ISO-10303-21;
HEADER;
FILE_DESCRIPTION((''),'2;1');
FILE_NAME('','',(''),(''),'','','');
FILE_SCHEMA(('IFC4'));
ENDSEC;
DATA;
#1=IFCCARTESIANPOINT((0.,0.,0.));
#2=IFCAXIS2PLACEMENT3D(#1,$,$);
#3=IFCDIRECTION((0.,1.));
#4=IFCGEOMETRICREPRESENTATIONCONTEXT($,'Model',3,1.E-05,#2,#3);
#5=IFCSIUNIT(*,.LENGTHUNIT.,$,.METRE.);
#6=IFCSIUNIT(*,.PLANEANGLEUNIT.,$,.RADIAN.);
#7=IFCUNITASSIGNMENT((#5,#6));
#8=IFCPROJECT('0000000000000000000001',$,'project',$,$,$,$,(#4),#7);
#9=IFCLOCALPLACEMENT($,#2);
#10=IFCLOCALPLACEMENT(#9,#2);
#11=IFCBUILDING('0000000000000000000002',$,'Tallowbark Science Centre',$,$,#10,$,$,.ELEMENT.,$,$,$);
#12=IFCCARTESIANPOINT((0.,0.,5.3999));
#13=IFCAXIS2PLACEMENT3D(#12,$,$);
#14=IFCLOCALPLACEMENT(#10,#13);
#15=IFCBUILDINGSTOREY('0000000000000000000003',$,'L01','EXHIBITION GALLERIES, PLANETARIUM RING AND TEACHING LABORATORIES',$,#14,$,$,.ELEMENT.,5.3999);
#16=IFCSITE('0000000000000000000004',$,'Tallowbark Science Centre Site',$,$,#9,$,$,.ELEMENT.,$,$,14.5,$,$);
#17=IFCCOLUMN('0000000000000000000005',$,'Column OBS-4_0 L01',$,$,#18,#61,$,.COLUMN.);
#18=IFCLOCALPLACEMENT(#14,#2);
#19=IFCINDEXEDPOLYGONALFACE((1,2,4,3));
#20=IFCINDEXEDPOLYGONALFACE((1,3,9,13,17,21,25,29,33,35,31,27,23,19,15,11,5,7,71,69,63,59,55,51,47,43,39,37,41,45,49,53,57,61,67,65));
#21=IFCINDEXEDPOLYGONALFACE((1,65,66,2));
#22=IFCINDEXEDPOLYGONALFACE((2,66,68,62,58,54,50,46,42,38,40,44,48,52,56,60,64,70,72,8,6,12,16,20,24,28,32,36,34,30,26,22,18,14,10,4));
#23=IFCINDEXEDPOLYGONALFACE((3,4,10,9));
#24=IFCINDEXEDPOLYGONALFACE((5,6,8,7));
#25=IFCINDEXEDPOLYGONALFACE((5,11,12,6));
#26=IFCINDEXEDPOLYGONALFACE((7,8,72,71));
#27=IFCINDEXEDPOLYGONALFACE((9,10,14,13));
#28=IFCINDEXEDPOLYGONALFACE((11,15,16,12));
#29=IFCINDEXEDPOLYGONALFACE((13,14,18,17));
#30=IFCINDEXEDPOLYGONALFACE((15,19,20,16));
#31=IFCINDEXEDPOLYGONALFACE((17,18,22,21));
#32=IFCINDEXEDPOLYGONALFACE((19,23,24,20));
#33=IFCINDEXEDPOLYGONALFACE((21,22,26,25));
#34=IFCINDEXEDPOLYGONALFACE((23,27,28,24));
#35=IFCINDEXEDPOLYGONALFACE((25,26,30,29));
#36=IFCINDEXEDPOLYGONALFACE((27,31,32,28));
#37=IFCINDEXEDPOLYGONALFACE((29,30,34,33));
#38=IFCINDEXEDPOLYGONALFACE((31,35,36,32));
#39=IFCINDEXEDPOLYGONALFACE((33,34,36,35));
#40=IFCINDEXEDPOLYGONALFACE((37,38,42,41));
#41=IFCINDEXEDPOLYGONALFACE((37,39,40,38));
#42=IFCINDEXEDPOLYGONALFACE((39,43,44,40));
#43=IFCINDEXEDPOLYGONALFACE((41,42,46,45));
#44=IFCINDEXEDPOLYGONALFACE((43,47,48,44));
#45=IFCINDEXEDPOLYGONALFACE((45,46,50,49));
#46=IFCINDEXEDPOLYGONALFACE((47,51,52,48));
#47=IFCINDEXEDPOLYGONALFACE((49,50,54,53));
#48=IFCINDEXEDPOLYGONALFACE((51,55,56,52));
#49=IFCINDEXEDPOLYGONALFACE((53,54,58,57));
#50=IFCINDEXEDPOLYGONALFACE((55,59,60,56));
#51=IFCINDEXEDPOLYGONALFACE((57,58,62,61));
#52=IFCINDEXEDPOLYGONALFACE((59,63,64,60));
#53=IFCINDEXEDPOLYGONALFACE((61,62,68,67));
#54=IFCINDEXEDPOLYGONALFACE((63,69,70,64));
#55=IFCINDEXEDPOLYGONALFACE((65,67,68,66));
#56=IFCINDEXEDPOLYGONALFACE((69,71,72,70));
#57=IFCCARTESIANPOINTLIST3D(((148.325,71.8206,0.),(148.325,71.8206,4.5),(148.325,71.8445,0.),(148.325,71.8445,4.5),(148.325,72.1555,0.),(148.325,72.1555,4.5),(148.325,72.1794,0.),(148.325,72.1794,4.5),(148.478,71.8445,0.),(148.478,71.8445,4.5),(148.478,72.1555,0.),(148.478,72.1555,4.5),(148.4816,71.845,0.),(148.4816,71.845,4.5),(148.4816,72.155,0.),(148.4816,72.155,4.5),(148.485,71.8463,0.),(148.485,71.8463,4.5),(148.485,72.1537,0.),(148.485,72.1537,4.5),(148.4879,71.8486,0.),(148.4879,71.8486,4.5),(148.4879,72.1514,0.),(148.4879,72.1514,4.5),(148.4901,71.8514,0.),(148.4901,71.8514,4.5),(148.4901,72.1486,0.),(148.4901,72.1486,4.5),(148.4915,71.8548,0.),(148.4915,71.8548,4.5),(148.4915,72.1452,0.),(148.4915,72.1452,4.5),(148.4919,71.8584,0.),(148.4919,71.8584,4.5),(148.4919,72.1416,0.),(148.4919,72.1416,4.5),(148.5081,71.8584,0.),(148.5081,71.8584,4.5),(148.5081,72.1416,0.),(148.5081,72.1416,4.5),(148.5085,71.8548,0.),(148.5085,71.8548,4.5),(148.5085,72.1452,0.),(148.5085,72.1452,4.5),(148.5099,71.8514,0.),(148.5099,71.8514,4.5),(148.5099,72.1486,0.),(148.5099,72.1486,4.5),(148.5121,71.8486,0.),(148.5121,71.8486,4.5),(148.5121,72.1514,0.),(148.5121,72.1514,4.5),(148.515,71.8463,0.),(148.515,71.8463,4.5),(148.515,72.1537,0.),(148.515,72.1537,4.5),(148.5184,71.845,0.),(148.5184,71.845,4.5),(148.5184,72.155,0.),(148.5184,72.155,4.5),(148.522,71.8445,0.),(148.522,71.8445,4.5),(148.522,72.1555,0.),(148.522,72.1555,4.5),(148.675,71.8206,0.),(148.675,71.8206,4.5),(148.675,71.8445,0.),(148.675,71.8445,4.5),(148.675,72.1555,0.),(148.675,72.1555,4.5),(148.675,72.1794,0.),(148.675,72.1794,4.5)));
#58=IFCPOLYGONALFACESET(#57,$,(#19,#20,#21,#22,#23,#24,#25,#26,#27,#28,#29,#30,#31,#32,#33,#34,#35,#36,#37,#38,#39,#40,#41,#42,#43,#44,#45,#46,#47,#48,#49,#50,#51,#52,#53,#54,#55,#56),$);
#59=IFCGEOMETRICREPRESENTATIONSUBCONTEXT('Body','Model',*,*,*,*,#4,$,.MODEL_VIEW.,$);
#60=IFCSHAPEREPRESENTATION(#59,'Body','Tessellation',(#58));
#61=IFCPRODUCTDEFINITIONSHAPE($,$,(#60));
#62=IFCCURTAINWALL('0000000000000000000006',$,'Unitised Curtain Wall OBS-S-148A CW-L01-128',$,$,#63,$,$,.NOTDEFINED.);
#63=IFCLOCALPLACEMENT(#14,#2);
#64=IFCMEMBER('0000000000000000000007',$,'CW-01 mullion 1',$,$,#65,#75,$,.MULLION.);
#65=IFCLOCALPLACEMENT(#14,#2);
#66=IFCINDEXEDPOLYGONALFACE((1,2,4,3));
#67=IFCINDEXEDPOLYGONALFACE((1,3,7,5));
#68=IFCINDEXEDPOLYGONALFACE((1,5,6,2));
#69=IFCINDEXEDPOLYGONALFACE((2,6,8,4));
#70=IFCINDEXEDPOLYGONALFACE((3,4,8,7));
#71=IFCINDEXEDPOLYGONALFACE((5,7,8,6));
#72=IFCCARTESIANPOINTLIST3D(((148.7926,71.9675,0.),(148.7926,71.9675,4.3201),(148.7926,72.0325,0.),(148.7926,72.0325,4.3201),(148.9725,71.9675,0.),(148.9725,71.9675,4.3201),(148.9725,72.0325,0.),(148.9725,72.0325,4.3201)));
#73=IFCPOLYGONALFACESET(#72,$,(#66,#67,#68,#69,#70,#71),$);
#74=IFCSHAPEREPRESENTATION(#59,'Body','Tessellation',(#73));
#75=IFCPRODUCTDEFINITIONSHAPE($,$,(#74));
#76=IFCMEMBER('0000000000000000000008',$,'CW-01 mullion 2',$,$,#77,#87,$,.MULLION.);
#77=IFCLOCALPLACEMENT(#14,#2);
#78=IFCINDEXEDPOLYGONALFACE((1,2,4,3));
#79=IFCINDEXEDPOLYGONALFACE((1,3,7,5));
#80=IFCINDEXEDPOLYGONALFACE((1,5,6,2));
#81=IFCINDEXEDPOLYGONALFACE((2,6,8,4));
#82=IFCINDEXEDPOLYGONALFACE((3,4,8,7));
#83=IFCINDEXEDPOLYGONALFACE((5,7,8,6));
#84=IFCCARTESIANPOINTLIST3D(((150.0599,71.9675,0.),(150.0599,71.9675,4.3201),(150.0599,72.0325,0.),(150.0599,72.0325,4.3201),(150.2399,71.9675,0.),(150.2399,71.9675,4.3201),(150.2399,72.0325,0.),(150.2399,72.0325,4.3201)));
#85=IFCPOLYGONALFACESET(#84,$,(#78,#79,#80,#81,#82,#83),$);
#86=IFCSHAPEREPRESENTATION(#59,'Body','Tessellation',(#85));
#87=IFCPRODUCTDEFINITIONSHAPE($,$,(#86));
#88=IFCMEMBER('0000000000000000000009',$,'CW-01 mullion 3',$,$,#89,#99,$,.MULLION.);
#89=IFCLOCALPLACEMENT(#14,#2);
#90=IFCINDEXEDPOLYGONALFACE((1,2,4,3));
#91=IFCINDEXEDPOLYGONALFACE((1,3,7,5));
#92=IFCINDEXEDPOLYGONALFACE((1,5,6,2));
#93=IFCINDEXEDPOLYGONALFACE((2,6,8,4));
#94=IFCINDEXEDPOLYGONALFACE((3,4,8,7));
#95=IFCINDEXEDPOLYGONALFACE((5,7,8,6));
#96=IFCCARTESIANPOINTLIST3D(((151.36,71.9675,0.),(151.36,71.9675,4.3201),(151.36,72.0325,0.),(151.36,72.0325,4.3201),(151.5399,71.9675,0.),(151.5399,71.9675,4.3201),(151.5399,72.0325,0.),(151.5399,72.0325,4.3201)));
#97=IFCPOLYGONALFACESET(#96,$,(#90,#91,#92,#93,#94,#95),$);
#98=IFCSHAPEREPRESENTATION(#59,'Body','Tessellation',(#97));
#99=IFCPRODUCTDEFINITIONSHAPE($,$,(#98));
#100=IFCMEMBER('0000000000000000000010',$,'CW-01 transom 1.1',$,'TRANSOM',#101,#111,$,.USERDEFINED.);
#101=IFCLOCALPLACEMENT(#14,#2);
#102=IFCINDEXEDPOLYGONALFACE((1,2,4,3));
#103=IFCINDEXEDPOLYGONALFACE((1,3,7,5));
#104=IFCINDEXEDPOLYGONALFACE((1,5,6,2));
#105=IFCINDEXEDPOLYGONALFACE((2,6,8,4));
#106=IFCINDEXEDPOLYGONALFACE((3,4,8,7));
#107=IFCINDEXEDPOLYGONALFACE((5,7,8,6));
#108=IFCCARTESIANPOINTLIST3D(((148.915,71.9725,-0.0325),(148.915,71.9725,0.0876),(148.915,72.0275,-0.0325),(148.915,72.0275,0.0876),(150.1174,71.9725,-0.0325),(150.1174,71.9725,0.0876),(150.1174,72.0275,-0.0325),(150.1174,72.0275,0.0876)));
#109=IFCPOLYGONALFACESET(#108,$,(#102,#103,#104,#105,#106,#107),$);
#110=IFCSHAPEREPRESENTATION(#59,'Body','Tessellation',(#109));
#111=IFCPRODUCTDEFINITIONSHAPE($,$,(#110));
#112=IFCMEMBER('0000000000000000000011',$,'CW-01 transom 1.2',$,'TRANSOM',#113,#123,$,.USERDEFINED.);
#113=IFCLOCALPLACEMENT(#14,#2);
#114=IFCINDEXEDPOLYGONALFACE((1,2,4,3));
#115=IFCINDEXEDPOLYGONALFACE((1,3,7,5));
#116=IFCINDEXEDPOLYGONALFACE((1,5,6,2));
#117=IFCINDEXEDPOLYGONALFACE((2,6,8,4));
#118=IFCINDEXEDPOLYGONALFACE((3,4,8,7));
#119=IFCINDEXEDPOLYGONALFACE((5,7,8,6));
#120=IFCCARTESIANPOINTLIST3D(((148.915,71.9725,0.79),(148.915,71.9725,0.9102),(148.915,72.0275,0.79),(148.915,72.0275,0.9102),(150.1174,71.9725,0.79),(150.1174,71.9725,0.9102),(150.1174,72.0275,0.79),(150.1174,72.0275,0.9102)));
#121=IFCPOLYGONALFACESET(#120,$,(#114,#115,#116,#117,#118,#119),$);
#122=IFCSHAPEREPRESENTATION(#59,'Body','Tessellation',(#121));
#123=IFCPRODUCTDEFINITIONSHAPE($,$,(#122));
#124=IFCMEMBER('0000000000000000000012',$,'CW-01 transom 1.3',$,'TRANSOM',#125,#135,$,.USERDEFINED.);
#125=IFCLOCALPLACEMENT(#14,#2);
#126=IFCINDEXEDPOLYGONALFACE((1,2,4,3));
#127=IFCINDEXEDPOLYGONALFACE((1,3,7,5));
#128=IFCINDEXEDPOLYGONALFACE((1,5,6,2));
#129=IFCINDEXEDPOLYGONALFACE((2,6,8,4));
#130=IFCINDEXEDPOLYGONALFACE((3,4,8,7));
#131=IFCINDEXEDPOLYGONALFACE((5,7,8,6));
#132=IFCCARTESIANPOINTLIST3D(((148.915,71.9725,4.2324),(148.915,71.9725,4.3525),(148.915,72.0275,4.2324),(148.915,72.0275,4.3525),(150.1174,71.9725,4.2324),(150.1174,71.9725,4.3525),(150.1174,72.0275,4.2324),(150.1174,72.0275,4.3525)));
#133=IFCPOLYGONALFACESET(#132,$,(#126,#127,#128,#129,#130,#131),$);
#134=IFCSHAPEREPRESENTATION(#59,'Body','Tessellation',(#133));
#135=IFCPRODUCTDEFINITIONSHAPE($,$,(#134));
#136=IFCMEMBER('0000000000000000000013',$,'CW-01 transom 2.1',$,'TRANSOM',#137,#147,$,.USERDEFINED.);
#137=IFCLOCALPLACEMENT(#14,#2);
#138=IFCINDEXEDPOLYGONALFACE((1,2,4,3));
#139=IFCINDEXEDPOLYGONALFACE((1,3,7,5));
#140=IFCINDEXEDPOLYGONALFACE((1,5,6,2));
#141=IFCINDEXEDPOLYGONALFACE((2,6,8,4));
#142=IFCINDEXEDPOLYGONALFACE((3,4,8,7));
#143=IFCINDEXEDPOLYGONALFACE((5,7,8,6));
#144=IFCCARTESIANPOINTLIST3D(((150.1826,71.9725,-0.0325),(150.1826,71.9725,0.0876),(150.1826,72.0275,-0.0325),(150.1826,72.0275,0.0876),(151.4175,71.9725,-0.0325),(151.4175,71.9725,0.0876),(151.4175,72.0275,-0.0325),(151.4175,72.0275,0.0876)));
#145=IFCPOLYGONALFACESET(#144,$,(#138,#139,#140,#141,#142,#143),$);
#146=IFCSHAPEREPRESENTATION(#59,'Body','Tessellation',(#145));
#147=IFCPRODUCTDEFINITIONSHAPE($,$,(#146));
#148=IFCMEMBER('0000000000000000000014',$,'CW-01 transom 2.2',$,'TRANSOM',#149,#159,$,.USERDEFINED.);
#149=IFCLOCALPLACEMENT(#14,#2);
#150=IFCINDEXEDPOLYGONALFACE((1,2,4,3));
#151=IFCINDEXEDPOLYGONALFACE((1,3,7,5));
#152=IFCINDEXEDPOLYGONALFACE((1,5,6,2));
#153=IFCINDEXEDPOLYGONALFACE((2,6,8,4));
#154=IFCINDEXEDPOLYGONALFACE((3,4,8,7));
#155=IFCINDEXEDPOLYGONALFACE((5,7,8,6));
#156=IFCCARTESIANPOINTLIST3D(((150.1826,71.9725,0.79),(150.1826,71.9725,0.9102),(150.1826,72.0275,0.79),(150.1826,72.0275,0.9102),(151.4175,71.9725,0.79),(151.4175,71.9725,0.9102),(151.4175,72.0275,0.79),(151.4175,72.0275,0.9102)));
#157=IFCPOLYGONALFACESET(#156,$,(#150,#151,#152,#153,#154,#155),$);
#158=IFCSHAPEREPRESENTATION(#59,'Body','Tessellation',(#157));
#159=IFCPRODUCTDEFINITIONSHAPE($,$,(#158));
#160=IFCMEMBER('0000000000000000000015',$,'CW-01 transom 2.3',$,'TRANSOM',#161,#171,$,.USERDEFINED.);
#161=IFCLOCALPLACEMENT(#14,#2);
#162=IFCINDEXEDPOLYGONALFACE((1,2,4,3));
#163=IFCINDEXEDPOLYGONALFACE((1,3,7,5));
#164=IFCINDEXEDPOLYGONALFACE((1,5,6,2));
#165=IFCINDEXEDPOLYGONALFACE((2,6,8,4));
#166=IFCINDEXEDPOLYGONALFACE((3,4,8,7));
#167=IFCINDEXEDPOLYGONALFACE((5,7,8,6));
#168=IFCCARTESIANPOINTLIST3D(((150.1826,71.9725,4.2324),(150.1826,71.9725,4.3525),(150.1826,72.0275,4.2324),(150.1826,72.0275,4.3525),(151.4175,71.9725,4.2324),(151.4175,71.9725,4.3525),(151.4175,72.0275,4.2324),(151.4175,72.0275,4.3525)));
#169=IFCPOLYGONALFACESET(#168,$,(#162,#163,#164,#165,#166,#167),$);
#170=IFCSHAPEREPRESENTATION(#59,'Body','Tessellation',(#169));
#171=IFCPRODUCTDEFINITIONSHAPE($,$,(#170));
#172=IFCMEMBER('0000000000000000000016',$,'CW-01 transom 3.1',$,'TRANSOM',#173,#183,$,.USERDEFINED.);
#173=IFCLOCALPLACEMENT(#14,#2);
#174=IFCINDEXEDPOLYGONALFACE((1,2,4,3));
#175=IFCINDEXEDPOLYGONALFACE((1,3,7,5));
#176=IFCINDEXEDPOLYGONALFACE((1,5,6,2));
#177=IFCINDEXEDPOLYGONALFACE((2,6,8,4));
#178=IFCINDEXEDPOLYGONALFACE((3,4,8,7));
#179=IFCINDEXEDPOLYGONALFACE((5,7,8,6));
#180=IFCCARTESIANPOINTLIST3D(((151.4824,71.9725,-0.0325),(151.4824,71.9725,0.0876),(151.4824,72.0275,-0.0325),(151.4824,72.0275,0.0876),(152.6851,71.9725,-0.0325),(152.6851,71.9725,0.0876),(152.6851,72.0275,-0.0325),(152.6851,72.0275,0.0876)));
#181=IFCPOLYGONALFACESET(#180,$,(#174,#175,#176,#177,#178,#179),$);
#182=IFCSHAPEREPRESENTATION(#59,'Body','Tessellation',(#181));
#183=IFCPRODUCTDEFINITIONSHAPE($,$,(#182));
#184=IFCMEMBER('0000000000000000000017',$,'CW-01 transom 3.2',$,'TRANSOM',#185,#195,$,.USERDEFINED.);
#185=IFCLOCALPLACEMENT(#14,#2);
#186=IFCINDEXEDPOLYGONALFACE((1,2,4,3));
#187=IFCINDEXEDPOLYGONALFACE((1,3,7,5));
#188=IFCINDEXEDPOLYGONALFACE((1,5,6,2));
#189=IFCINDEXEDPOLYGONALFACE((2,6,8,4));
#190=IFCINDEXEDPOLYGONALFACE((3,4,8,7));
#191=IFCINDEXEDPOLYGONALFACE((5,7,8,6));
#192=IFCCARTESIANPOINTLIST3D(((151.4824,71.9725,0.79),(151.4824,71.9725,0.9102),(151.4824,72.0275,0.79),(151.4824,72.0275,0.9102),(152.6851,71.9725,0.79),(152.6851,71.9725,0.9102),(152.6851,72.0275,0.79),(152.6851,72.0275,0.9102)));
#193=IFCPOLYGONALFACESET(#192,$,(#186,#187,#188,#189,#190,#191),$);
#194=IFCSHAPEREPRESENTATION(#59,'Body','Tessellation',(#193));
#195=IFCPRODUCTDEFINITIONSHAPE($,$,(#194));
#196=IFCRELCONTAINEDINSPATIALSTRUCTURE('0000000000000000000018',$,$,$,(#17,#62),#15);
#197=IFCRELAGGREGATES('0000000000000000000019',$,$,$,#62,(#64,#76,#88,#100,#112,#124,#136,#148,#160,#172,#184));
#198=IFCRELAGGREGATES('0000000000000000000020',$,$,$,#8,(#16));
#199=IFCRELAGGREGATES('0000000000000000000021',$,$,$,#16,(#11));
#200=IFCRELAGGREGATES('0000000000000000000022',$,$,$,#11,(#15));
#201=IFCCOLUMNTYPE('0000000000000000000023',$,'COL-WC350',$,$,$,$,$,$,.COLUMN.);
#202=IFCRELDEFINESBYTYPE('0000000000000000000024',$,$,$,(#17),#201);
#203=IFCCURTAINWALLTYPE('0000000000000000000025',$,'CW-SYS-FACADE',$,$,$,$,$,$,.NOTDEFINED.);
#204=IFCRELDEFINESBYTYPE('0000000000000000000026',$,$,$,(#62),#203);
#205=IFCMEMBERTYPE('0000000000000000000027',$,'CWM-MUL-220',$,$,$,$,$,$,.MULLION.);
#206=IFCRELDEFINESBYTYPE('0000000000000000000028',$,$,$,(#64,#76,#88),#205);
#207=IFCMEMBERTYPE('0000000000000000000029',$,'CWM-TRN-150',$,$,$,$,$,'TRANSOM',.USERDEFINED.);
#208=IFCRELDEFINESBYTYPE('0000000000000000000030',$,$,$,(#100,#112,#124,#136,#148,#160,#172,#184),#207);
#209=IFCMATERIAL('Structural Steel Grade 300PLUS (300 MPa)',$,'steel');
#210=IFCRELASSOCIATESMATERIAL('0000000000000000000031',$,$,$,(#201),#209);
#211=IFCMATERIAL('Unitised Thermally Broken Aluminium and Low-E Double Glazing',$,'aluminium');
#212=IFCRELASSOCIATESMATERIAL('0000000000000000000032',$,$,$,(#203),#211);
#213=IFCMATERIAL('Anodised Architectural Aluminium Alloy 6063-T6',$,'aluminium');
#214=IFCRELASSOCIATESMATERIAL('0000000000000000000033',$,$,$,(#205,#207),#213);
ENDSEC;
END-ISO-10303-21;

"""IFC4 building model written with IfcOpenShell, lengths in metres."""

from ifc_helpers import new_model, si_unit, direction, frame, origin, origin_2d, place, context, subcontext, project, spatial, rectangle, i_section, extrude, material, material_profile, profile_set, type_object, element, aggregate, save


model = new_model("IFC4")

# Units and contexts
model_context = context("Model", 3, precision=1e-05, world=origin(), true_north=direction((0.0, 1.0)))
body_context = subcontext(model_context, "Body", "Model", "MODEL_VIEW")
ifc_project = project(units=[si_unit("LENGTHUNIT", "METRE"), si_unit("PLANEANGLEUNIT", "RADIAN")], contexts=[model_context])

# Site, building, storey
site_placement = place(None, origin())
site = spatial("IfcSite", under=ifc_project, at=site_placement, Name="Tallowbark Science Centre Site", CompositionType="ELEMENT", RefElevation=14.5)
building_placement = place(site_placement, origin())
building = spatial("IfcBuilding", under=site, at=building_placement, Name="Tallowbark Science Centre", CompositionType="ELEMENT")
storey_placement = place(building_placement, frame((0.0, 0.0, 5.3999)))
storey = spatial("IfcBuildingStorey", under=building, at=storey_placement, Name="L01", Description="EXHIBITION GALLERIES, PLANETARIUM RING AND TEACHING LABORATORIES", CompositionType="ELEMENT", Elevation=5.3999)

# Column
ifc_material_1 = material(Name="Structural Steel Grade 300PLUS (300 MPa)", Category="steel")
ifc_material_profile_1 = material_profile(ifc_material_1, i_section(OverallWidth=0.3501, OverallDepth=0.3589, WebThickness=0.0161, FlangeThickness=0.0239, FilletRadius=0.0139, at=origin_2d()), Name="350WC197")
ifc_profile_set_1 = profile_set([ifc_material_profile_1], Name="Structural Steel Grade 300PLUS (300 MPa)")
column_type = type_object("IfcColumnType", Name="COL-WC350", PredefinedType="COLUMN", material=ifc_profile_set_1)
column_placement = place(storey_placement, frame((148.5, 72.0, 0.0), z_axis=(0.0, 0.0, 1.0), x_axis=(1.0, 0.0, 0.0)))
element("IfcColumn", 1, at=column_placement, inside=storey, type_object=column_type, Name="Column OBS-4_0 L01", PredefinedType="COLUMN", context=body_context, shape_type="SweptSolid", body=[
    extrude(i_section(OverallWidth=0.3501, OverallDepth=0.3589, WebThickness=0.0161, FlangeThickness=0.0239, FilletRadius=0.0139, at=origin_2d()), origin(), (0.0, 0.0, 1.0), 4.5),
])

# Curtain wall, members
ifc_material_2 = material(Name="Unitised Thermally Broken Aluminium and Low-E Double Glazing", Category="aluminium")
curtain_wall_type = type_object("IfcCurtainWallType", Name="CW-SYS-FACADE", PredefinedType="NOTDEFINED", material=ifc_material_2)
curtain_wall_placement = place(storey_placement, origin())
curtain_wall = element("IfcCurtainWall", 2, at=curtain_wall_placement, inside=storey, type_object=curtain_wall_type, Name="Unitised Curtain Wall OBS-S-148A CW-L01-128", PredefinedType="NOTDEFINED")
ifc_material_3 = material(Name="Anodised Architectural Aluminium Alloy 6063-T6", Category="aluminium")
ifc_material_profile_2 = material_profile(ifc_material_3, rectangle(XDim=0.0649, YDim=0.1799, at=origin_2d()), Name="ALU65x180")
ifc_profile_set_2 = profile_set([ifc_material_profile_2], Name="Anodised Architectural Aluminium Alloy 6063-T6")
member_type_1 = type_object("IfcMemberType", Name="CWM-MUL-220", PredefinedType="MULLION", material=ifc_profile_set_2)
member_1_placement = place(storey_placement, frame((148.8826, 72.0, 0.0), z_axis=(0.0, 0.0, 1.0), x_axis=(0.0, 1.0, 0.0)))
member_1 = element("IfcMember", 3, at=member_1_placement, type_object=member_type_1, Name="CW-01 mullion 1", PredefinedType="MULLION", context=body_context, shape_type="SweptSolid", body=[
    extrude(rectangle(XDim=0.0649, YDim=0.1799, at=origin_2d()), origin(), (0.0, 0.0, 1.0), 4.3201),
])
member_2_placement = place(storey_placement, frame((150.1499, 72.0, 0.0), z_axis=(0.0, 0.0, 1.0), x_axis=(0.0, 1.0, 0.0)))
member_2 = element("IfcMember", 4, at=member_2_placement, type_object=member_type_1, Name="CW-01 mullion 2", PredefinedType="MULLION", context=body_context, shape_type="SweptSolid", body=[
    extrude(rectangle(XDim=0.0649, YDim=0.1799, at=origin_2d()), origin(), (0.0, 0.0, 1.0), 4.3201),
])
member_3_placement = place(storey_placement, frame((151.45, 72.0, 0.0), z_axis=(0.0, 0.0, 1.0), x_axis=(0.0, 1.0, 0.0)))
member_3 = element("IfcMember", 5, at=member_3_placement, type_object=member_type_1, Name="CW-01 mullion 3", PredefinedType="MULLION", context=body_context, shape_type="SweptSolid", body=[
    extrude(rectangle(XDim=0.0649, YDim=0.1799, at=origin_2d()), origin(), (0.0, 0.0, 1.0), 4.3201),
])
ifc_material_profile_3 = material_profile(ifc_material_3, rectangle(XDim=0.0549, YDim=0.1201, at=origin_2d()), Name="ALU55x120")
ifc_profile_set_3 = profile_set([ifc_material_profile_3], Name="Anodised Architectural Aluminium Alloy 6063-T6")
member_type_2 = type_object("IfcMemberType", Name="CWM-TRN-150", ElementType="TRANSOM", PredefinedType="USERDEFINED", material=ifc_profile_set_3)
member_4_placement = place(storey_placement, frame((148.915, 72.0, 0.0276), z_axis=(1.0, 0.0, 0.0), x_axis=(0.0, 1.0, 0.0)))
member_4 = element("IfcMember", 6, at=member_4_placement, type_object=member_type_2, Name="CW-01 transom 1.1", ObjectType="TRANSOM", PredefinedType="USERDEFINED", context=body_context, shape_type="SweptSolid", body=[
    extrude(rectangle(XDim=0.0549, YDim=0.1201, at=origin_2d()), origin(), (0.0, 0.0, 1.0), 1.2024),
])
member_5_placement = place(storey_placement, frame((148.915, 72.0, 0.8501), z_axis=(1.0, 0.0, 0.0), x_axis=(0.0, 1.0, 0.0)))
member_5 = element("IfcMember", 7, at=member_5_placement, type_object=member_type_2, Name="CW-01 transom 1.2", ObjectType="TRANSOM", PredefinedType="USERDEFINED", context=body_context, shape_type="SweptSolid", body=[
    extrude(rectangle(XDim=0.0549, YDim=0.1201, at=origin_2d()), origin(), (0.0, 0.0, 1.0), 1.2024),
])
member_6_placement = place(storey_placement, frame((148.915, 72.0, 4.2925), z_axis=(1.0, 0.0, 0.0), x_axis=(0.0, 1.0, 0.0)))
member_6 = element("IfcMember", 8, at=member_6_placement, type_object=member_type_2, Name="CW-01 transom 1.3", ObjectType="TRANSOM", PredefinedType="USERDEFINED", context=body_context, shape_type="SweptSolid", body=[
    extrude(rectangle(XDim=0.0549, YDim=0.1201, at=origin_2d()), origin(), (0.0, 0.0, 1.0), 1.2024),
])
member_7_placement = place(storey_placement, frame((150.1826, 72.0, 0.0276), z_axis=(1.0, 0.0, 0.0), x_axis=(0.0, 1.0, 0.0)))
member_7 = element("IfcMember", 9, at=member_7_placement, type_object=member_type_2, Name="CW-01 transom 2.1", ObjectType="TRANSOM", PredefinedType="USERDEFINED", context=body_context, shape_type="SweptSolid", body=[
    extrude(rectangle(XDim=0.0549, YDim=0.1201, at=origin_2d()), origin(), (0.0, 0.0, 1.0), 1.2349),
])
member_8_placement = place(storey_placement, frame((150.1826, 72.0, 0.8501), z_axis=(1.0, 0.0, 0.0), x_axis=(0.0, 1.0, 0.0)))
member_8 = element("IfcMember", 10, at=member_8_placement, type_object=member_type_2, Name="CW-01 transom 2.2", ObjectType="TRANSOM", PredefinedType="USERDEFINED", context=body_context, shape_type="SweptSolid", body=[
    extrude(rectangle(XDim=0.0549, YDim=0.1201, at=origin_2d()), origin(), (0.0, 0.0, 1.0), 1.2349),
])
member_9_placement = place(storey_placement, frame((150.1826, 72.0, 4.2925), z_axis=(1.0, 0.0, 0.0), x_axis=(0.0, 1.0, 0.0)))
member_9 = element("IfcMember", 11, at=member_9_placement, type_object=member_type_2, Name="CW-01 transom 2.3", ObjectType="TRANSOM", PredefinedType="USERDEFINED", context=body_context, shape_type="SweptSolid", body=[
    extrude(rectangle(XDim=0.0549, YDim=0.1201, at=origin_2d()), origin(), (0.0, 0.0, 1.0), 1.2349),
])
member_10_placement = place(storey_placement, frame((151.4824, 72.0, 0.0276), z_axis=(1.0, 0.0, 0.0), x_axis=(0.0, 1.0, 0.0)))
member_10 = element("IfcMember", 12, at=member_10_placement, type_object=member_type_2, Name="CW-01 transom 3.1", ObjectType="TRANSOM", PredefinedType="USERDEFINED", context=body_context, shape_type="SweptSolid", body=[
    extrude(rectangle(XDim=0.0549, YDim=0.1201, at=origin_2d()), origin(), (0.0, 0.0, 1.0), 1.2026),
])
member_11_placement = place(storey_placement, frame((151.4824, 72.0, 0.8501), z_axis=(1.0, 0.0, 0.0), x_axis=(0.0, 1.0, 0.0)))
member_11 = element("IfcMember", 13, at=member_11_placement, type_object=member_type_2, Name="CW-01 transom 3.2", ObjectType="TRANSOM", PredefinedType="USERDEFINED", context=body_context, shape_type="SweptSolid", body=[
    extrude(rectangle(XDim=0.0549, YDim=0.1201, at=origin_2d()), origin(), (0.0, 0.0, 1.0), 1.2026),
])

aggregate(curtain_wall, [member_1, member_2, member_3, member_4, member_5, member_6, member_7, member_8, member_9, member_10, member_11])

save(model, "model.ifc")
